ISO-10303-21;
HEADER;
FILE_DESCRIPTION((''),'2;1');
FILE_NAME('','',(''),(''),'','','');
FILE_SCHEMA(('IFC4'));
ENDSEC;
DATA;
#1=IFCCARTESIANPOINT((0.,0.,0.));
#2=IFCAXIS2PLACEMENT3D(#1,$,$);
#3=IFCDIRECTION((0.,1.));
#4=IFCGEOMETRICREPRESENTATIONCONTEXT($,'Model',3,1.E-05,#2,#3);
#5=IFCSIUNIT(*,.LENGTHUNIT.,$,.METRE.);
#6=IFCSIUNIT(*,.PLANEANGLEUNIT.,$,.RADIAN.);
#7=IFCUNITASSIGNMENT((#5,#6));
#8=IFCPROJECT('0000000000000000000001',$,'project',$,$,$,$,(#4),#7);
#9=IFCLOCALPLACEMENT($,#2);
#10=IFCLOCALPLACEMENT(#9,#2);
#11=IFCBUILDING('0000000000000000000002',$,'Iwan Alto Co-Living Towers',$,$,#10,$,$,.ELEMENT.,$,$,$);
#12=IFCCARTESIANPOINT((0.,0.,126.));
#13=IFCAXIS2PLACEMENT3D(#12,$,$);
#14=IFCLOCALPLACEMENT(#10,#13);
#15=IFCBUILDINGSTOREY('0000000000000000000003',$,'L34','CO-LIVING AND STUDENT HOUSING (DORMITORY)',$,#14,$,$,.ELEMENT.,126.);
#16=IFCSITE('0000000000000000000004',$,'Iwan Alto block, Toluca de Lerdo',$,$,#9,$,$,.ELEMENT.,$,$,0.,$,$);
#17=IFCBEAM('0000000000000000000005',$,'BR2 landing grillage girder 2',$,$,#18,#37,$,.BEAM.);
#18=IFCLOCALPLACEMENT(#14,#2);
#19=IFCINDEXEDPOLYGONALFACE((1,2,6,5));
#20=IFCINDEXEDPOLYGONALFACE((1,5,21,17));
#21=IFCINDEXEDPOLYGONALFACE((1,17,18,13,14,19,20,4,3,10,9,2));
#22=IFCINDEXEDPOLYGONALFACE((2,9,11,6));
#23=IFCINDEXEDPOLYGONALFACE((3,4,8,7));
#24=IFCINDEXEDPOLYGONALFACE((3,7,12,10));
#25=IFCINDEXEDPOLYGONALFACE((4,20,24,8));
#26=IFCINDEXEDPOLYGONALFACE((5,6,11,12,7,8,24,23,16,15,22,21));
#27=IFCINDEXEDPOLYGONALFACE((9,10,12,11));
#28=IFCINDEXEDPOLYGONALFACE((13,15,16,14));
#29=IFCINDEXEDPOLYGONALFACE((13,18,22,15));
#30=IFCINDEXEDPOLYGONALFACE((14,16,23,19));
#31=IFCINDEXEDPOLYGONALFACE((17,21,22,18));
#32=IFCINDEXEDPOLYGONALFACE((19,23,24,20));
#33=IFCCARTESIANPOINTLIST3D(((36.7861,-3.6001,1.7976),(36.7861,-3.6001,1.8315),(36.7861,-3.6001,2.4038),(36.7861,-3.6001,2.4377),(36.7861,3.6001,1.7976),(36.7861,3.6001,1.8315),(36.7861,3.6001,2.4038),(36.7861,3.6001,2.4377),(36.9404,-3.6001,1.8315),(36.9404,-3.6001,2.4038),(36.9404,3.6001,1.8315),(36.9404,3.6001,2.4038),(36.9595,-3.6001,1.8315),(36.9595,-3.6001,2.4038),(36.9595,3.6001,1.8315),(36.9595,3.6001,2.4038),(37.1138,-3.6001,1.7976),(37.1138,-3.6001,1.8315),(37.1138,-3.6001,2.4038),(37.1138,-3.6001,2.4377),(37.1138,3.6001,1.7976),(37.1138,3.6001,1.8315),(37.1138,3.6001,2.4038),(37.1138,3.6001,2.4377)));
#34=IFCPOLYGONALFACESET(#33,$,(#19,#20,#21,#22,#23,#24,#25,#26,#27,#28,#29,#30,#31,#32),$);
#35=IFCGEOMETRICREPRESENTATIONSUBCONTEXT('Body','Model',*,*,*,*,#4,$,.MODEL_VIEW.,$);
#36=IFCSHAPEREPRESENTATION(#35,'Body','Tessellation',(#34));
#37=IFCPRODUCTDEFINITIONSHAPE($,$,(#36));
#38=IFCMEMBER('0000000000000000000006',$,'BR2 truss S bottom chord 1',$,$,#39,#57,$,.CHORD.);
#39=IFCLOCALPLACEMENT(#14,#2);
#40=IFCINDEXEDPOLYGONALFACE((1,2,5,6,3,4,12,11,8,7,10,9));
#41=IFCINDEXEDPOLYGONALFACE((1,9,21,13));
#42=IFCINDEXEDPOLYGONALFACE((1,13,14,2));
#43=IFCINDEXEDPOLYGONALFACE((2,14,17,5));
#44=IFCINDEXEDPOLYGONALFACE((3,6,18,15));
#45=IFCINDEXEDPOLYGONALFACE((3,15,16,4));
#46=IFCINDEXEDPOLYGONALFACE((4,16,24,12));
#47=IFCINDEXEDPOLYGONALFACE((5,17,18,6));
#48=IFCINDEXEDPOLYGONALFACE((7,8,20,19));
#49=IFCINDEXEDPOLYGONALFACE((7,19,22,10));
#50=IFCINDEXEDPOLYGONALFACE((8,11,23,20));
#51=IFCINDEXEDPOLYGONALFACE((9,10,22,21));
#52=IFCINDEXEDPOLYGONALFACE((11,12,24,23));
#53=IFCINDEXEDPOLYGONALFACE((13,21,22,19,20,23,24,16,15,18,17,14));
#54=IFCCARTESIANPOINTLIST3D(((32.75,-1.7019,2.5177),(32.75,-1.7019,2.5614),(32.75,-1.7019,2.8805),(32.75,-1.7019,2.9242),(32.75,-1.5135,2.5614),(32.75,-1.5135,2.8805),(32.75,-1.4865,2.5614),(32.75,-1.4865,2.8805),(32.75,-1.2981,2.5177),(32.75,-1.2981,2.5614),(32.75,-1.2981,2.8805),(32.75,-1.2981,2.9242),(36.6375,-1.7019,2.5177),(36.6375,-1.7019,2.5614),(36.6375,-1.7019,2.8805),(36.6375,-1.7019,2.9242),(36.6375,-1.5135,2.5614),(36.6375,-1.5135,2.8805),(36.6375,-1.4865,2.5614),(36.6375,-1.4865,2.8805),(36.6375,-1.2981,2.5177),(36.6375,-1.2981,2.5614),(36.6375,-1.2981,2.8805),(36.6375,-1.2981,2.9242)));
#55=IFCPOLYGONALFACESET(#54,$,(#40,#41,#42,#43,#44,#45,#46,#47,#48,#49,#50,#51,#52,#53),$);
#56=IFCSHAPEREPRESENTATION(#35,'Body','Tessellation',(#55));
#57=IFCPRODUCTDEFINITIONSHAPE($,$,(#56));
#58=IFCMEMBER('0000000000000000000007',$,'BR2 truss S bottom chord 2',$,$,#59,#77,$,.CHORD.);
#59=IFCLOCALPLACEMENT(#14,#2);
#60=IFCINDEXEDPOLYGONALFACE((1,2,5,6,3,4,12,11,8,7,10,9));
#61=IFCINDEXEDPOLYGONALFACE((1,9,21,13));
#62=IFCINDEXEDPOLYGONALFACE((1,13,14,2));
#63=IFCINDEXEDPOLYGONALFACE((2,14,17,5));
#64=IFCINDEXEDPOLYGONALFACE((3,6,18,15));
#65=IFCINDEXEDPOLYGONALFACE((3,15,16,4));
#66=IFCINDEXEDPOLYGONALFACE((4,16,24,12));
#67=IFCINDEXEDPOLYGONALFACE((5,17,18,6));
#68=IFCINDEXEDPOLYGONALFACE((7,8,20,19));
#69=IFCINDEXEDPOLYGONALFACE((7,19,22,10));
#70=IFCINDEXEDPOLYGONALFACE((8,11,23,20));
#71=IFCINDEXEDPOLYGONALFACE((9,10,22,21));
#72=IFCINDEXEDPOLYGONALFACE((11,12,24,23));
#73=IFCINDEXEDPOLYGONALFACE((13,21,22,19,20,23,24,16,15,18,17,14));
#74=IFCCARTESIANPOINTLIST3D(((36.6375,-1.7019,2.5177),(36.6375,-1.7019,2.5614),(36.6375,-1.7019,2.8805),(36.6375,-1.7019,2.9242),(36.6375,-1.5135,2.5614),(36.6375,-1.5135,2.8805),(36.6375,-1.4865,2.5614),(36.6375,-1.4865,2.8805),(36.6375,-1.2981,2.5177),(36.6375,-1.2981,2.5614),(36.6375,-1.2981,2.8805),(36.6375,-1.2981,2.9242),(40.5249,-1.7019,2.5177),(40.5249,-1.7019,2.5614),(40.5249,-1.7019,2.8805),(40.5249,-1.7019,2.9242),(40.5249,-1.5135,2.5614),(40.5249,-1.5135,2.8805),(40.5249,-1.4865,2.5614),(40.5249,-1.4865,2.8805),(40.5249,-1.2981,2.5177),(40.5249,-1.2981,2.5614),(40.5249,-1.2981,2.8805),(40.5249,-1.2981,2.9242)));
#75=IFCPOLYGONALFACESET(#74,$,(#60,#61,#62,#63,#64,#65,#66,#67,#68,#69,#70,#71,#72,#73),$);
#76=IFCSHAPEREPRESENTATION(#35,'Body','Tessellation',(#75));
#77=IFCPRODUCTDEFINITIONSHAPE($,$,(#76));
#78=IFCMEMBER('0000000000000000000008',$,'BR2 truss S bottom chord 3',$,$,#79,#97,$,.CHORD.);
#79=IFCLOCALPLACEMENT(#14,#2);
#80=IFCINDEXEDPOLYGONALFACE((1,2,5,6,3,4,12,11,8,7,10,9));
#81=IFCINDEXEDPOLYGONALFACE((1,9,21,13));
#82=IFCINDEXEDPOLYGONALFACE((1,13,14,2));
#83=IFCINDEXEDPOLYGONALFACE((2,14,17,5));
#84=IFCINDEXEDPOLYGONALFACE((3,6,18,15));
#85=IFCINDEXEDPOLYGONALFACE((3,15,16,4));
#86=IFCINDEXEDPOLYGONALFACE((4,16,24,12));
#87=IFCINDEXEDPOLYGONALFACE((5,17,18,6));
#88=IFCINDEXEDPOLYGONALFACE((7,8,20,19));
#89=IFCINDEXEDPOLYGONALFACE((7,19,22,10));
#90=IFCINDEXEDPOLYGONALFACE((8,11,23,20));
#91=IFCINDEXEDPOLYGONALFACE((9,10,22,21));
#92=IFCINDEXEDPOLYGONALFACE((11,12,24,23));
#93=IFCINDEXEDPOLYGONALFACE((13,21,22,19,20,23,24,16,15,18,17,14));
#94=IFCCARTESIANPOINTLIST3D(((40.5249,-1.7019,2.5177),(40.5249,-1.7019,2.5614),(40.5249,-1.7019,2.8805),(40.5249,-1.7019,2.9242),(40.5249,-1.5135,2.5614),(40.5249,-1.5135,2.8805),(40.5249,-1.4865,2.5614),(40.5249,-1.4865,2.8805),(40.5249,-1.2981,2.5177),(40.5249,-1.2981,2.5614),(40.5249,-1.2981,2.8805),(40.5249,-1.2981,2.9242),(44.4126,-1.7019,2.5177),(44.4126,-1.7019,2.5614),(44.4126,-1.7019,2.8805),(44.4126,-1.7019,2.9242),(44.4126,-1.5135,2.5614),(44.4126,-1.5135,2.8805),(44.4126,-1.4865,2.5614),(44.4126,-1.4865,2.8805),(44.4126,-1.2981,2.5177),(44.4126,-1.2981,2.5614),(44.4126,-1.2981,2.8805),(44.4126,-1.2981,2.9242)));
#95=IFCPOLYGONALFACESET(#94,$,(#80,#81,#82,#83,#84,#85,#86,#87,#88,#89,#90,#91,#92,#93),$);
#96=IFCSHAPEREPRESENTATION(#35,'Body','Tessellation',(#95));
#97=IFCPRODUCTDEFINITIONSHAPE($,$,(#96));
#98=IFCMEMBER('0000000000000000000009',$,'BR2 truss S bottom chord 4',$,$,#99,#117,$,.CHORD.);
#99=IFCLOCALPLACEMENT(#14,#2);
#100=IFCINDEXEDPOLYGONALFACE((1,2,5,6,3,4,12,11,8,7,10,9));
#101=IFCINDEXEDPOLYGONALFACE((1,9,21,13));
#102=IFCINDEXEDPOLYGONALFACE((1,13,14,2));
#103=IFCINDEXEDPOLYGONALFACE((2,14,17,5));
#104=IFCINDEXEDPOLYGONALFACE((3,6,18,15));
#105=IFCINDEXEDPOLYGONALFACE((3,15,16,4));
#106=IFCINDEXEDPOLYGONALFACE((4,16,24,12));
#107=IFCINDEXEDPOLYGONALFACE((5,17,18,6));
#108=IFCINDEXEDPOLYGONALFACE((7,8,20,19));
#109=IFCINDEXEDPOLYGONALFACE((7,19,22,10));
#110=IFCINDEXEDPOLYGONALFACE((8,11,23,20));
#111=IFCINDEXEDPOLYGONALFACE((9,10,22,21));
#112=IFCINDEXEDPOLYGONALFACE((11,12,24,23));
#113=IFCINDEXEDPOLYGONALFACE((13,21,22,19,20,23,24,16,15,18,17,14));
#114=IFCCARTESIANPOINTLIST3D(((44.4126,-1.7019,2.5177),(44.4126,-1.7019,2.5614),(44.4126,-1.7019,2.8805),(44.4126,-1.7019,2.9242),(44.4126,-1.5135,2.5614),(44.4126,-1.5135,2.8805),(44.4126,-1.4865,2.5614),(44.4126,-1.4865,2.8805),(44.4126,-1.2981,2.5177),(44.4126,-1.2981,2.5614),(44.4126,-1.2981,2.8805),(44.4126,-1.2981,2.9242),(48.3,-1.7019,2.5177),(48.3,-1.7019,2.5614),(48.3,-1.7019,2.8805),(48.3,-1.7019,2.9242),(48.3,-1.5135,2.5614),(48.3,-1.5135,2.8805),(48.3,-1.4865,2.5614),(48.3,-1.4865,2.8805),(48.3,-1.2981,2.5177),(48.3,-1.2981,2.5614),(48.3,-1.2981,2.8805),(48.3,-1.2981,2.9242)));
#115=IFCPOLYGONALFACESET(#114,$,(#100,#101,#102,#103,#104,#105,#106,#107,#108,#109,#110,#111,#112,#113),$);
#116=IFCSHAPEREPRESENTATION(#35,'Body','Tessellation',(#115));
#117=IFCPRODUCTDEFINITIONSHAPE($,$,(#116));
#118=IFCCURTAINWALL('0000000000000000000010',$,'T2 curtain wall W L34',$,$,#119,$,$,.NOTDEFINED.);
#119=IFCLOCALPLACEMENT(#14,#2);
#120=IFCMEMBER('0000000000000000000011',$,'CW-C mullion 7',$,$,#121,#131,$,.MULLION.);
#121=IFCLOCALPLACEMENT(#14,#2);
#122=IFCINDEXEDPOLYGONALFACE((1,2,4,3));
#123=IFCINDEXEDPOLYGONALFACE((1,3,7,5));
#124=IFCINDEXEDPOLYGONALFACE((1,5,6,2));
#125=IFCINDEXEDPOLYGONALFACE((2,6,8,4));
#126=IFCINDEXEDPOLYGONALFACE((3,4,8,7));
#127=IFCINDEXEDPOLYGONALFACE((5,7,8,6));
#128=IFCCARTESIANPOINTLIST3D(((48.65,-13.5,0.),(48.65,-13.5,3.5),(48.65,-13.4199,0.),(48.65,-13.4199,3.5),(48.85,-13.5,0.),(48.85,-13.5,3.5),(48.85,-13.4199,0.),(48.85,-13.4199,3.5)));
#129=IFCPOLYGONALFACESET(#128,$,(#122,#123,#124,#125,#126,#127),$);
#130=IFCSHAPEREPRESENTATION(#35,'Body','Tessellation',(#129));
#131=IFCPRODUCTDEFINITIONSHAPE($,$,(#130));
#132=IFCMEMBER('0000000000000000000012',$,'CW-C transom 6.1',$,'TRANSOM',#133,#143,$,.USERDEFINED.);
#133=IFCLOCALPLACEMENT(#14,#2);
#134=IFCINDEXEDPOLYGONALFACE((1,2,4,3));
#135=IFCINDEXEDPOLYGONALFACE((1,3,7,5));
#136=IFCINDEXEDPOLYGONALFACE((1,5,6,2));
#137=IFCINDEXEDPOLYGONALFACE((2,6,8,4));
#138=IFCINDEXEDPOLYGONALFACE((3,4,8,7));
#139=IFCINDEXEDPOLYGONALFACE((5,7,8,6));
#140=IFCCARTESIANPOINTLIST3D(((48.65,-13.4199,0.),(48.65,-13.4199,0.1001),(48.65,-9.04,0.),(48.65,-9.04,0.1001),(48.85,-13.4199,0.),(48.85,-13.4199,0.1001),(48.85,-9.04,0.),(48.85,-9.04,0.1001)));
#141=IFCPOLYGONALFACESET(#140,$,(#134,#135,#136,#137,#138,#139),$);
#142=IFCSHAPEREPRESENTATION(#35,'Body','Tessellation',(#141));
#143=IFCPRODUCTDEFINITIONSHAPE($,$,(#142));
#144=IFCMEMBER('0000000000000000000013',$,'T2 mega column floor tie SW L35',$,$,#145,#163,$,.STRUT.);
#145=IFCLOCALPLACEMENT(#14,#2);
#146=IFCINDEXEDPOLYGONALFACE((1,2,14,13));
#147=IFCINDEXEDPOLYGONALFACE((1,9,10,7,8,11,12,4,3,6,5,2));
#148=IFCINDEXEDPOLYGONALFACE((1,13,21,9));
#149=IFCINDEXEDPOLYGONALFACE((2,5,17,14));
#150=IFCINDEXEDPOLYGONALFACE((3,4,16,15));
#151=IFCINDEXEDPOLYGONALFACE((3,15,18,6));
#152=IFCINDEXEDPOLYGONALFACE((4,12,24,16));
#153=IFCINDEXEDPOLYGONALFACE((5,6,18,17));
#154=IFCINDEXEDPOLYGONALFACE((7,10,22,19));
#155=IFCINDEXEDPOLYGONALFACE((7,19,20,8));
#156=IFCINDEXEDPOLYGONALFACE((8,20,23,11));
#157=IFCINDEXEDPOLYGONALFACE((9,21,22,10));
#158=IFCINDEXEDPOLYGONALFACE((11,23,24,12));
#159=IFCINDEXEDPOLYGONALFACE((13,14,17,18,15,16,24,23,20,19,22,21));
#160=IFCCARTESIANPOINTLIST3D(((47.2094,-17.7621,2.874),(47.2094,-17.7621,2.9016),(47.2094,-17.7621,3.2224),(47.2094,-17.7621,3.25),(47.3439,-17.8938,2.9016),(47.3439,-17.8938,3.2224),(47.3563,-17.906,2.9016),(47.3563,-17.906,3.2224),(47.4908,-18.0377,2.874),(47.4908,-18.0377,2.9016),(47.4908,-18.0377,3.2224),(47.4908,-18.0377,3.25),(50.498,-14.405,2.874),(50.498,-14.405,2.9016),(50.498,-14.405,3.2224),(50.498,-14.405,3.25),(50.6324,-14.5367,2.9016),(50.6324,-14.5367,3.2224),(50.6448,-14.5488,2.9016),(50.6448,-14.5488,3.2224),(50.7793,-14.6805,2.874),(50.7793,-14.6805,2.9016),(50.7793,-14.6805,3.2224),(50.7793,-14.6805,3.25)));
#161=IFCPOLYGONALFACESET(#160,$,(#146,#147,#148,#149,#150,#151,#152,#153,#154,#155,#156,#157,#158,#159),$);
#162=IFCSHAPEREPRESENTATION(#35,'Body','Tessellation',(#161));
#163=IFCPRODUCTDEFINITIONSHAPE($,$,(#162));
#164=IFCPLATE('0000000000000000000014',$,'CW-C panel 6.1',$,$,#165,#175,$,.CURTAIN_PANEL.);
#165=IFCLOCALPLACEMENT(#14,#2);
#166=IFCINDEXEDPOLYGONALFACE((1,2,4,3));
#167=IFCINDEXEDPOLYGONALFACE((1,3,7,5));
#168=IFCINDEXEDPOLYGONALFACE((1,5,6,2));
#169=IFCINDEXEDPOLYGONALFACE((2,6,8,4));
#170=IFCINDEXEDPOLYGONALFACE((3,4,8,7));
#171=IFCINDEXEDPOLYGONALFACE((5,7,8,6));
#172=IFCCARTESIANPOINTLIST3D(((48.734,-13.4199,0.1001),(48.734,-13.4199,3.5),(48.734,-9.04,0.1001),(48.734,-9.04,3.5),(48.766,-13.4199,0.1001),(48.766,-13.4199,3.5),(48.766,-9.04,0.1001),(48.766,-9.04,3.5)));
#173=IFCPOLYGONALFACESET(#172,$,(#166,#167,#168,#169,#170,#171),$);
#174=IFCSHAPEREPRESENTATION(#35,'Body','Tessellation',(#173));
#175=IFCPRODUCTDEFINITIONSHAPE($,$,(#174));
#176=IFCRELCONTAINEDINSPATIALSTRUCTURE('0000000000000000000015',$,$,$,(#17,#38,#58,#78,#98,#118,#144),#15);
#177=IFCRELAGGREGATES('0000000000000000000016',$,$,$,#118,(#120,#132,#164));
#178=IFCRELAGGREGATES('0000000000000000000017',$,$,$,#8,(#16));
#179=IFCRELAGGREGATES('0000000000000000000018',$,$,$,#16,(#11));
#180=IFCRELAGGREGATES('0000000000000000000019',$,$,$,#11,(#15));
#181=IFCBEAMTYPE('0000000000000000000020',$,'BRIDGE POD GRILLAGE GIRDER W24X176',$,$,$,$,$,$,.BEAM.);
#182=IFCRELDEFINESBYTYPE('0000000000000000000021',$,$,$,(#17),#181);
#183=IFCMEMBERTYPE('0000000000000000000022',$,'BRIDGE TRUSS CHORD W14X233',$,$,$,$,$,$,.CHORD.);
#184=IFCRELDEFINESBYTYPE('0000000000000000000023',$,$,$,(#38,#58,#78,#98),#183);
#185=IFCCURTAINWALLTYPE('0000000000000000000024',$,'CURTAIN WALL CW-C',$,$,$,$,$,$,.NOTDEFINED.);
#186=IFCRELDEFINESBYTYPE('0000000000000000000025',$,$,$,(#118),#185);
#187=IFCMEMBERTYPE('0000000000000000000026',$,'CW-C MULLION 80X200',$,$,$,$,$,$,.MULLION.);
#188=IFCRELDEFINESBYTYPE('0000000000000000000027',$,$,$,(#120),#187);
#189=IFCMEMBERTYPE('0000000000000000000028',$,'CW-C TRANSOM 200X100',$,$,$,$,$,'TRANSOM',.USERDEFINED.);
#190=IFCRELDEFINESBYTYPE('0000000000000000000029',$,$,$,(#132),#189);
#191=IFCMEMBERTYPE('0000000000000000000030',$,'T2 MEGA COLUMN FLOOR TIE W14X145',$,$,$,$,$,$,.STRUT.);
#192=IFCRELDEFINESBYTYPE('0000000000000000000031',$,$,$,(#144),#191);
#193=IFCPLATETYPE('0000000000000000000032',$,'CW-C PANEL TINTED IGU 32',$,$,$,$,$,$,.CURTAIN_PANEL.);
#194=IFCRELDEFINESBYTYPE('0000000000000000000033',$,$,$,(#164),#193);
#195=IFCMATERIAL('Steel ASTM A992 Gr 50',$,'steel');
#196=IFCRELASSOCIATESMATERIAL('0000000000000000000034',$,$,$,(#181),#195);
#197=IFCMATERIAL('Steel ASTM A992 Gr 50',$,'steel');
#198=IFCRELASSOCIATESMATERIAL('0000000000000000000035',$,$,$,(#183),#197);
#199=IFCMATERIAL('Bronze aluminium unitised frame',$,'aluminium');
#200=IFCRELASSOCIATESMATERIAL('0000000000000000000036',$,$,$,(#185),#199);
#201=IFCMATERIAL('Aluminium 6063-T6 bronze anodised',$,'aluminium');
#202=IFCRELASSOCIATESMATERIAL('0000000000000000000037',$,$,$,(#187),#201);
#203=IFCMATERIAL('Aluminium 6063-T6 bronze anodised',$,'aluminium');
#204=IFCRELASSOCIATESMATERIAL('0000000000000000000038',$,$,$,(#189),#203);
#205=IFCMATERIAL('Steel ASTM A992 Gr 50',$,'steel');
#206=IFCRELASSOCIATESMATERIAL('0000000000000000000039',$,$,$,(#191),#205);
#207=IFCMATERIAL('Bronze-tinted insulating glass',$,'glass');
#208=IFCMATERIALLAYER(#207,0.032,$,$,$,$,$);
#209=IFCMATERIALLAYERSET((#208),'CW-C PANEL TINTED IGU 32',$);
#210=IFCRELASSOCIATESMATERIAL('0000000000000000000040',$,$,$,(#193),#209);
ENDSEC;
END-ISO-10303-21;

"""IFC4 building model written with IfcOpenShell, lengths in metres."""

from ifc_helpers import new_model, si_unit, direction, frame, origin, origin_2d, place, context, subcontext, project, spatial, rectangle, i_section, extrude, material, layer, layer_set, material_profile, profile_set, type_object, element, aggregate, save


model = new_model("IFC4")

# Units and contexts
model_context = context("Model", 3, precision=1e-05, world=origin(), true_north=direction((0.0, 1.0)))
body_context = subcontext(model_context, "Body", "Model", "MODEL_VIEW")
ifc_project = project(units=[si_unit("LENGTHUNIT", "METRE"), si_unit("PLANEANGLEUNIT", "RADIAN")], contexts=[model_context])

# Site, building, storey
site_placement = place(None, origin())
site = spatial("IfcSite", under=ifc_project, at=site_placement, Name="Iwan Alto block, Toluca de Lerdo", CompositionType="ELEMENT", RefElevation=0.0)
building_placement = place(site_placement, origin())
building = spatial("IfcBuilding", under=site, at=building_placement, Name="Iwan Alto Co-Living Towers", CompositionType="ELEMENT")
storey_placement = place(building_placement, frame((0.0, 0.0, 126.0)))
storey = spatial("IfcBuildingStorey", under=building, at=storey_placement, Name="L34", Description="CO-LIVING AND STUDENT HOUSING (DORMITORY)", CompositionType="ELEMENT", Elevation=126.0)

# Beam
ifc_material_1 = material(Name="Steel ASTM A992 Gr 50", Category="steel")
ifc_material_profile_1 = material_profile(ifc_material_1, i_section(OverallWidth=0.3276, OverallDepth=0.6401, WebThickness=0.019, FlangeThickness=0.0339, at=origin_2d()), Name="W24X176")
ifc_profile_set_1 = profile_set([ifc_material_profile_1], Name="Steel ASTM A992 Gr 50")
beam_type_1 = type_object("IfcBeamType", Name="BRIDGE POD GRILLAGE GIRDER W24X176", PredefinedType="BEAM", material=ifc_profile_set_1)
beam_1_placement = place(storey_placement, frame((36.95, -3.6001, 2.1177), z_axis=(0.0, 1.0, 0.0), x_axis=(-1.0, 0.0, 0.0)))
element("IfcBeam", 1, at=beam_1_placement, inside=storey, type_object=beam_type_1, Name="BR2 landing grillage girder 2", PredefinedType="BEAM", context=body_context, shape_type="SweptSolid", body=[
    extrude(i_section(OverallWidth=0.3276, OverallDepth=0.6401, WebThickness=0.019, FlangeThickness=0.0339, at=origin_2d()), origin(), (0.0, 0.0, 1.0), 7.2002),
])

# Members
ifc_material_2 = material(Name="Steel ASTM A992 Gr 50", Category="steel")
ifc_material_profile_2 = material_profile(ifc_material_2, i_section(OverallWidth=0.4038, OverallDepth=0.4065, WebThickness=0.0271, FlangeThickness=0.0437, at=origin_2d()), Name="W14X233")
ifc_profile_set_2 = profile_set([ifc_material_profile_2], Name="Steel ASTM A992 Gr 50")
member_type_1 = type_object("IfcMemberType", Name="BRIDGE TRUSS CHORD W14X233", PredefinedType="CHORD", material=ifc_profile_set_2)
for number, where, z_axis, x_axis, name in (
    (2, (32.75, -1.5, 2.7209), (1.0, 0.0, 0.0), (0.0, 1.0, 0.0), "BR2 truss S bottom chord 1"),
    (3, (36.6375, -1.5, 2.7209), (1.0, 0.0, 0.0), (0.0, 1.0, 0.0), "BR2 truss S bottom chord 2"),
):
    element("IfcMember", number, at=place(storey_placement, frame(where, z_axis=z_axis, x_axis=x_axis)), inside=storey, type_object=member_type_1, Name=name, PredefinedType="CHORD", context=body_context, shape_type="SweptSolid", body=[
        extrude(i_section(OverallWidth=0.4038, OverallDepth=0.4065, WebThickness=0.0271, FlangeThickness=0.0437, at=origin_2d()), origin(), (0.0, 0.0, 1.0), 3.8875),
    ])
member_1_placement = place(storey_placement, frame((40.5249, -1.5, 2.7209), z_axis=(1.0, 0.0, 0.0), x_axis=(0.0, 1.0, 0.0)))
element("IfcMember", 4, at=member_1_placement, inside=storey, type_object=member_type_1, Name="BR2 truss S bottom chord 3", PredefinedType="CHORD", context=body_context, shape_type="SweptSolid", body=[
    extrude(i_section(OverallWidth=0.4038, OverallDepth=0.4065, WebThickness=0.0271, FlangeThickness=0.0437, at=origin_2d()), origin(), (0.0, 0.0, 1.0), 3.8877),
])
member_2_placement = place(storey_placement, frame((44.4126, -1.5, 2.7209), z_axis=(1.0, 0.0, 0.0), x_axis=(0.0, 1.0, 0.0)))
element("IfcMember", 5, at=member_2_placement, inside=storey, type_object=member_type_1, Name="BR2 truss S bottom chord 4", PredefinedType="CHORD", context=body_context, shape_type="SweptSolid", body=[
    extrude(i_section(OverallWidth=0.4038, OverallDepth=0.4065, WebThickness=0.0271, FlangeThickness=0.0437, at=origin_2d()), origin(), (0.0, 0.0, 1.0), 3.8875),
])

# Curtain wall, members
ifc_material_3 = material(Name="Bronze aluminium unitised frame", Category="aluminium")
curtain_wall_type = type_object("IfcCurtainWallType", Name="CURTAIN WALL CW-C", PredefinedType="NOTDEFINED", material=ifc_material_3)
curtain_wall_placement = place(storey_placement, origin())
curtain_wall = element("IfcCurtainWall", 6, at=curtain_wall_placement, inside=storey, type_object=curtain_wall_type, Name="T2 curtain wall W L34", PredefinedType="NOTDEFINED")
ifc_material_4 = material(Name="Aluminium 6063-T6 bronze anodised", Category="aluminium")
ifc_material_profile_3 = material_profile(ifc_material_4, rectangle(XDim=0.2, YDim=0.0801, at=origin_2d()), Name="AL 80X200")
ifc_profile_set_3 = profile_set([ifc_material_profile_3], Name="Aluminium 6063-T6 bronze anodised")
member_type_2 = type_object("IfcMemberType", Name="CW-C MULLION 80X200", PredefinedType="MULLION", material=ifc_profile_set_3)
member_3_placement = place(storey_placement, frame((48.75, -13.46, 0.0), z_axis=(0.0, 0.0, 1.0), x_axis=(1.0, 0.0, 0.0)))
member_3 = element("IfcMember", 7, at=member_3_placement, type_object=member_type_2, Name="CW-C mullion 7", PredefinedType="MULLION", context=body_context, shape_type="SweptSolid", body=[
    extrude(rectangle(XDim=0.2, YDim=0.0801, at=origin_2d()), origin(), (0.0, 0.0, 1.0), 3.5),
])
ifc_material_5 = material(Name="Aluminium 6063-T6 bronze anodised", Category="aluminium")
ifc_material_profile_4 = material_profile(ifc_material_5, rectangle(XDim=0.2, YDim=0.1001, at=origin_2d()), Name="AL 200X100")
ifc_profile_set_4 = profile_set([ifc_material_profile_4], Name="Aluminium 6063-T6 bronze anodised")
member_type_3 = type_object("IfcMemberType", Name="CW-C TRANSOM 200X100", ElementType="TRANSOM", PredefinedType="USERDEFINED", material=ifc_profile_set_4)
member_4_placement = place(storey_placement, frame((48.75, -9.04, 0.05), z_axis=(0.0, -1.0, 0.0), x_axis=(1.0, 0.0, 0.0)))
member_4 = element("IfcMember", 8, at=member_4_placement, type_object=member_type_3, Name="CW-C transom 6.1", ObjectType="TRANSOM", PredefinedType="USERDEFINED", context=body_context, shape_type="SweptSolid", body=[
    extrude(rectangle(XDim=0.2, YDim=0.1001, at=origin_2d()), origin(), (0.0, 0.0, 1.0), 4.3799),
])

# Member
ifc_material_6 = material(Name="Steel ASTM A992 Gr 50", Category="steel")
ifc_material_profile_5 = material_profile(ifc_material_6, i_section(OverallWidth=0.3938, OverallDepth=0.376, WebThickness=0.0173, FlangeThickness=0.0276, at=origin_2d()), Name="W14X145")
ifc_profile_set_5 = profile_set([ifc_material_profile_5], Name="Steel ASTM A992 Gr 50")
member_type_4 = type_object("IfcMemberType", Name="T2 MEGA COLUMN FLOOR TIE W14X145", PredefinedType="STRUT", material=ifc_profile_set_5)
member_5_placement = place(storey_placement, frame((47.3501, -17.8999, 3.062), z_axis=(0.69977, 0.714368, 0.0), x_axis=(-0.714368, 0.69977, 0.0)))
element("IfcMember", 9, at=member_5_placement, inside=storey, type_object=member_type_4, Name="T2 mega column floor tie SW L35", PredefinedType="STRUT", context=body_context, shape_type="SweptSolid", body=[
    extrude(i_section(OverallWidth=0.3938, OverallDepth=0.376, WebThickness=0.0173, FlangeThickness=0.0276, at=origin_2d()), origin(), (0.0, 0.0, 1.0), 4.6995),
])

# Plate
ifc_material_7 = material(Name="Bronze-tinted insulating glass", Category="glass")
ifc_layer_1 = layer(ifc_material_7, 0.032)
ifc_layer_set_1 = layer_set([ifc_layer_1], Name="CW-C PANEL TINTED IGU 32")
plate_type = type_object("IfcPlateType", Name="CW-C PANEL TINTED IGU 32", PredefinedType="CURTAIN_PANEL", material=ifc_layer_set_1)
plate_placement = place(storey_placement, frame((48.75, -11.23, 0.1001), z_axis=(0.0, 0.0, 1.0), x_axis=(0.0, -1.0, 0.0)))
plate = element("IfcPlate", 10, at=plate_placement, type_object=plate_type, Name="CW-C panel 6.1", PredefinedType="CURTAIN_PANEL", context=body_context, shape_type="SweptSolid", body=[
    extrude(rectangle(XDim=4.3799, YDim=0.032, at=origin_2d()), origin(), (0.0, 0.0, 1.0), 3.3999),
])
aggregate(curtain_wall, [member_3, member_4, plate])

save(model, "model.ifc")
